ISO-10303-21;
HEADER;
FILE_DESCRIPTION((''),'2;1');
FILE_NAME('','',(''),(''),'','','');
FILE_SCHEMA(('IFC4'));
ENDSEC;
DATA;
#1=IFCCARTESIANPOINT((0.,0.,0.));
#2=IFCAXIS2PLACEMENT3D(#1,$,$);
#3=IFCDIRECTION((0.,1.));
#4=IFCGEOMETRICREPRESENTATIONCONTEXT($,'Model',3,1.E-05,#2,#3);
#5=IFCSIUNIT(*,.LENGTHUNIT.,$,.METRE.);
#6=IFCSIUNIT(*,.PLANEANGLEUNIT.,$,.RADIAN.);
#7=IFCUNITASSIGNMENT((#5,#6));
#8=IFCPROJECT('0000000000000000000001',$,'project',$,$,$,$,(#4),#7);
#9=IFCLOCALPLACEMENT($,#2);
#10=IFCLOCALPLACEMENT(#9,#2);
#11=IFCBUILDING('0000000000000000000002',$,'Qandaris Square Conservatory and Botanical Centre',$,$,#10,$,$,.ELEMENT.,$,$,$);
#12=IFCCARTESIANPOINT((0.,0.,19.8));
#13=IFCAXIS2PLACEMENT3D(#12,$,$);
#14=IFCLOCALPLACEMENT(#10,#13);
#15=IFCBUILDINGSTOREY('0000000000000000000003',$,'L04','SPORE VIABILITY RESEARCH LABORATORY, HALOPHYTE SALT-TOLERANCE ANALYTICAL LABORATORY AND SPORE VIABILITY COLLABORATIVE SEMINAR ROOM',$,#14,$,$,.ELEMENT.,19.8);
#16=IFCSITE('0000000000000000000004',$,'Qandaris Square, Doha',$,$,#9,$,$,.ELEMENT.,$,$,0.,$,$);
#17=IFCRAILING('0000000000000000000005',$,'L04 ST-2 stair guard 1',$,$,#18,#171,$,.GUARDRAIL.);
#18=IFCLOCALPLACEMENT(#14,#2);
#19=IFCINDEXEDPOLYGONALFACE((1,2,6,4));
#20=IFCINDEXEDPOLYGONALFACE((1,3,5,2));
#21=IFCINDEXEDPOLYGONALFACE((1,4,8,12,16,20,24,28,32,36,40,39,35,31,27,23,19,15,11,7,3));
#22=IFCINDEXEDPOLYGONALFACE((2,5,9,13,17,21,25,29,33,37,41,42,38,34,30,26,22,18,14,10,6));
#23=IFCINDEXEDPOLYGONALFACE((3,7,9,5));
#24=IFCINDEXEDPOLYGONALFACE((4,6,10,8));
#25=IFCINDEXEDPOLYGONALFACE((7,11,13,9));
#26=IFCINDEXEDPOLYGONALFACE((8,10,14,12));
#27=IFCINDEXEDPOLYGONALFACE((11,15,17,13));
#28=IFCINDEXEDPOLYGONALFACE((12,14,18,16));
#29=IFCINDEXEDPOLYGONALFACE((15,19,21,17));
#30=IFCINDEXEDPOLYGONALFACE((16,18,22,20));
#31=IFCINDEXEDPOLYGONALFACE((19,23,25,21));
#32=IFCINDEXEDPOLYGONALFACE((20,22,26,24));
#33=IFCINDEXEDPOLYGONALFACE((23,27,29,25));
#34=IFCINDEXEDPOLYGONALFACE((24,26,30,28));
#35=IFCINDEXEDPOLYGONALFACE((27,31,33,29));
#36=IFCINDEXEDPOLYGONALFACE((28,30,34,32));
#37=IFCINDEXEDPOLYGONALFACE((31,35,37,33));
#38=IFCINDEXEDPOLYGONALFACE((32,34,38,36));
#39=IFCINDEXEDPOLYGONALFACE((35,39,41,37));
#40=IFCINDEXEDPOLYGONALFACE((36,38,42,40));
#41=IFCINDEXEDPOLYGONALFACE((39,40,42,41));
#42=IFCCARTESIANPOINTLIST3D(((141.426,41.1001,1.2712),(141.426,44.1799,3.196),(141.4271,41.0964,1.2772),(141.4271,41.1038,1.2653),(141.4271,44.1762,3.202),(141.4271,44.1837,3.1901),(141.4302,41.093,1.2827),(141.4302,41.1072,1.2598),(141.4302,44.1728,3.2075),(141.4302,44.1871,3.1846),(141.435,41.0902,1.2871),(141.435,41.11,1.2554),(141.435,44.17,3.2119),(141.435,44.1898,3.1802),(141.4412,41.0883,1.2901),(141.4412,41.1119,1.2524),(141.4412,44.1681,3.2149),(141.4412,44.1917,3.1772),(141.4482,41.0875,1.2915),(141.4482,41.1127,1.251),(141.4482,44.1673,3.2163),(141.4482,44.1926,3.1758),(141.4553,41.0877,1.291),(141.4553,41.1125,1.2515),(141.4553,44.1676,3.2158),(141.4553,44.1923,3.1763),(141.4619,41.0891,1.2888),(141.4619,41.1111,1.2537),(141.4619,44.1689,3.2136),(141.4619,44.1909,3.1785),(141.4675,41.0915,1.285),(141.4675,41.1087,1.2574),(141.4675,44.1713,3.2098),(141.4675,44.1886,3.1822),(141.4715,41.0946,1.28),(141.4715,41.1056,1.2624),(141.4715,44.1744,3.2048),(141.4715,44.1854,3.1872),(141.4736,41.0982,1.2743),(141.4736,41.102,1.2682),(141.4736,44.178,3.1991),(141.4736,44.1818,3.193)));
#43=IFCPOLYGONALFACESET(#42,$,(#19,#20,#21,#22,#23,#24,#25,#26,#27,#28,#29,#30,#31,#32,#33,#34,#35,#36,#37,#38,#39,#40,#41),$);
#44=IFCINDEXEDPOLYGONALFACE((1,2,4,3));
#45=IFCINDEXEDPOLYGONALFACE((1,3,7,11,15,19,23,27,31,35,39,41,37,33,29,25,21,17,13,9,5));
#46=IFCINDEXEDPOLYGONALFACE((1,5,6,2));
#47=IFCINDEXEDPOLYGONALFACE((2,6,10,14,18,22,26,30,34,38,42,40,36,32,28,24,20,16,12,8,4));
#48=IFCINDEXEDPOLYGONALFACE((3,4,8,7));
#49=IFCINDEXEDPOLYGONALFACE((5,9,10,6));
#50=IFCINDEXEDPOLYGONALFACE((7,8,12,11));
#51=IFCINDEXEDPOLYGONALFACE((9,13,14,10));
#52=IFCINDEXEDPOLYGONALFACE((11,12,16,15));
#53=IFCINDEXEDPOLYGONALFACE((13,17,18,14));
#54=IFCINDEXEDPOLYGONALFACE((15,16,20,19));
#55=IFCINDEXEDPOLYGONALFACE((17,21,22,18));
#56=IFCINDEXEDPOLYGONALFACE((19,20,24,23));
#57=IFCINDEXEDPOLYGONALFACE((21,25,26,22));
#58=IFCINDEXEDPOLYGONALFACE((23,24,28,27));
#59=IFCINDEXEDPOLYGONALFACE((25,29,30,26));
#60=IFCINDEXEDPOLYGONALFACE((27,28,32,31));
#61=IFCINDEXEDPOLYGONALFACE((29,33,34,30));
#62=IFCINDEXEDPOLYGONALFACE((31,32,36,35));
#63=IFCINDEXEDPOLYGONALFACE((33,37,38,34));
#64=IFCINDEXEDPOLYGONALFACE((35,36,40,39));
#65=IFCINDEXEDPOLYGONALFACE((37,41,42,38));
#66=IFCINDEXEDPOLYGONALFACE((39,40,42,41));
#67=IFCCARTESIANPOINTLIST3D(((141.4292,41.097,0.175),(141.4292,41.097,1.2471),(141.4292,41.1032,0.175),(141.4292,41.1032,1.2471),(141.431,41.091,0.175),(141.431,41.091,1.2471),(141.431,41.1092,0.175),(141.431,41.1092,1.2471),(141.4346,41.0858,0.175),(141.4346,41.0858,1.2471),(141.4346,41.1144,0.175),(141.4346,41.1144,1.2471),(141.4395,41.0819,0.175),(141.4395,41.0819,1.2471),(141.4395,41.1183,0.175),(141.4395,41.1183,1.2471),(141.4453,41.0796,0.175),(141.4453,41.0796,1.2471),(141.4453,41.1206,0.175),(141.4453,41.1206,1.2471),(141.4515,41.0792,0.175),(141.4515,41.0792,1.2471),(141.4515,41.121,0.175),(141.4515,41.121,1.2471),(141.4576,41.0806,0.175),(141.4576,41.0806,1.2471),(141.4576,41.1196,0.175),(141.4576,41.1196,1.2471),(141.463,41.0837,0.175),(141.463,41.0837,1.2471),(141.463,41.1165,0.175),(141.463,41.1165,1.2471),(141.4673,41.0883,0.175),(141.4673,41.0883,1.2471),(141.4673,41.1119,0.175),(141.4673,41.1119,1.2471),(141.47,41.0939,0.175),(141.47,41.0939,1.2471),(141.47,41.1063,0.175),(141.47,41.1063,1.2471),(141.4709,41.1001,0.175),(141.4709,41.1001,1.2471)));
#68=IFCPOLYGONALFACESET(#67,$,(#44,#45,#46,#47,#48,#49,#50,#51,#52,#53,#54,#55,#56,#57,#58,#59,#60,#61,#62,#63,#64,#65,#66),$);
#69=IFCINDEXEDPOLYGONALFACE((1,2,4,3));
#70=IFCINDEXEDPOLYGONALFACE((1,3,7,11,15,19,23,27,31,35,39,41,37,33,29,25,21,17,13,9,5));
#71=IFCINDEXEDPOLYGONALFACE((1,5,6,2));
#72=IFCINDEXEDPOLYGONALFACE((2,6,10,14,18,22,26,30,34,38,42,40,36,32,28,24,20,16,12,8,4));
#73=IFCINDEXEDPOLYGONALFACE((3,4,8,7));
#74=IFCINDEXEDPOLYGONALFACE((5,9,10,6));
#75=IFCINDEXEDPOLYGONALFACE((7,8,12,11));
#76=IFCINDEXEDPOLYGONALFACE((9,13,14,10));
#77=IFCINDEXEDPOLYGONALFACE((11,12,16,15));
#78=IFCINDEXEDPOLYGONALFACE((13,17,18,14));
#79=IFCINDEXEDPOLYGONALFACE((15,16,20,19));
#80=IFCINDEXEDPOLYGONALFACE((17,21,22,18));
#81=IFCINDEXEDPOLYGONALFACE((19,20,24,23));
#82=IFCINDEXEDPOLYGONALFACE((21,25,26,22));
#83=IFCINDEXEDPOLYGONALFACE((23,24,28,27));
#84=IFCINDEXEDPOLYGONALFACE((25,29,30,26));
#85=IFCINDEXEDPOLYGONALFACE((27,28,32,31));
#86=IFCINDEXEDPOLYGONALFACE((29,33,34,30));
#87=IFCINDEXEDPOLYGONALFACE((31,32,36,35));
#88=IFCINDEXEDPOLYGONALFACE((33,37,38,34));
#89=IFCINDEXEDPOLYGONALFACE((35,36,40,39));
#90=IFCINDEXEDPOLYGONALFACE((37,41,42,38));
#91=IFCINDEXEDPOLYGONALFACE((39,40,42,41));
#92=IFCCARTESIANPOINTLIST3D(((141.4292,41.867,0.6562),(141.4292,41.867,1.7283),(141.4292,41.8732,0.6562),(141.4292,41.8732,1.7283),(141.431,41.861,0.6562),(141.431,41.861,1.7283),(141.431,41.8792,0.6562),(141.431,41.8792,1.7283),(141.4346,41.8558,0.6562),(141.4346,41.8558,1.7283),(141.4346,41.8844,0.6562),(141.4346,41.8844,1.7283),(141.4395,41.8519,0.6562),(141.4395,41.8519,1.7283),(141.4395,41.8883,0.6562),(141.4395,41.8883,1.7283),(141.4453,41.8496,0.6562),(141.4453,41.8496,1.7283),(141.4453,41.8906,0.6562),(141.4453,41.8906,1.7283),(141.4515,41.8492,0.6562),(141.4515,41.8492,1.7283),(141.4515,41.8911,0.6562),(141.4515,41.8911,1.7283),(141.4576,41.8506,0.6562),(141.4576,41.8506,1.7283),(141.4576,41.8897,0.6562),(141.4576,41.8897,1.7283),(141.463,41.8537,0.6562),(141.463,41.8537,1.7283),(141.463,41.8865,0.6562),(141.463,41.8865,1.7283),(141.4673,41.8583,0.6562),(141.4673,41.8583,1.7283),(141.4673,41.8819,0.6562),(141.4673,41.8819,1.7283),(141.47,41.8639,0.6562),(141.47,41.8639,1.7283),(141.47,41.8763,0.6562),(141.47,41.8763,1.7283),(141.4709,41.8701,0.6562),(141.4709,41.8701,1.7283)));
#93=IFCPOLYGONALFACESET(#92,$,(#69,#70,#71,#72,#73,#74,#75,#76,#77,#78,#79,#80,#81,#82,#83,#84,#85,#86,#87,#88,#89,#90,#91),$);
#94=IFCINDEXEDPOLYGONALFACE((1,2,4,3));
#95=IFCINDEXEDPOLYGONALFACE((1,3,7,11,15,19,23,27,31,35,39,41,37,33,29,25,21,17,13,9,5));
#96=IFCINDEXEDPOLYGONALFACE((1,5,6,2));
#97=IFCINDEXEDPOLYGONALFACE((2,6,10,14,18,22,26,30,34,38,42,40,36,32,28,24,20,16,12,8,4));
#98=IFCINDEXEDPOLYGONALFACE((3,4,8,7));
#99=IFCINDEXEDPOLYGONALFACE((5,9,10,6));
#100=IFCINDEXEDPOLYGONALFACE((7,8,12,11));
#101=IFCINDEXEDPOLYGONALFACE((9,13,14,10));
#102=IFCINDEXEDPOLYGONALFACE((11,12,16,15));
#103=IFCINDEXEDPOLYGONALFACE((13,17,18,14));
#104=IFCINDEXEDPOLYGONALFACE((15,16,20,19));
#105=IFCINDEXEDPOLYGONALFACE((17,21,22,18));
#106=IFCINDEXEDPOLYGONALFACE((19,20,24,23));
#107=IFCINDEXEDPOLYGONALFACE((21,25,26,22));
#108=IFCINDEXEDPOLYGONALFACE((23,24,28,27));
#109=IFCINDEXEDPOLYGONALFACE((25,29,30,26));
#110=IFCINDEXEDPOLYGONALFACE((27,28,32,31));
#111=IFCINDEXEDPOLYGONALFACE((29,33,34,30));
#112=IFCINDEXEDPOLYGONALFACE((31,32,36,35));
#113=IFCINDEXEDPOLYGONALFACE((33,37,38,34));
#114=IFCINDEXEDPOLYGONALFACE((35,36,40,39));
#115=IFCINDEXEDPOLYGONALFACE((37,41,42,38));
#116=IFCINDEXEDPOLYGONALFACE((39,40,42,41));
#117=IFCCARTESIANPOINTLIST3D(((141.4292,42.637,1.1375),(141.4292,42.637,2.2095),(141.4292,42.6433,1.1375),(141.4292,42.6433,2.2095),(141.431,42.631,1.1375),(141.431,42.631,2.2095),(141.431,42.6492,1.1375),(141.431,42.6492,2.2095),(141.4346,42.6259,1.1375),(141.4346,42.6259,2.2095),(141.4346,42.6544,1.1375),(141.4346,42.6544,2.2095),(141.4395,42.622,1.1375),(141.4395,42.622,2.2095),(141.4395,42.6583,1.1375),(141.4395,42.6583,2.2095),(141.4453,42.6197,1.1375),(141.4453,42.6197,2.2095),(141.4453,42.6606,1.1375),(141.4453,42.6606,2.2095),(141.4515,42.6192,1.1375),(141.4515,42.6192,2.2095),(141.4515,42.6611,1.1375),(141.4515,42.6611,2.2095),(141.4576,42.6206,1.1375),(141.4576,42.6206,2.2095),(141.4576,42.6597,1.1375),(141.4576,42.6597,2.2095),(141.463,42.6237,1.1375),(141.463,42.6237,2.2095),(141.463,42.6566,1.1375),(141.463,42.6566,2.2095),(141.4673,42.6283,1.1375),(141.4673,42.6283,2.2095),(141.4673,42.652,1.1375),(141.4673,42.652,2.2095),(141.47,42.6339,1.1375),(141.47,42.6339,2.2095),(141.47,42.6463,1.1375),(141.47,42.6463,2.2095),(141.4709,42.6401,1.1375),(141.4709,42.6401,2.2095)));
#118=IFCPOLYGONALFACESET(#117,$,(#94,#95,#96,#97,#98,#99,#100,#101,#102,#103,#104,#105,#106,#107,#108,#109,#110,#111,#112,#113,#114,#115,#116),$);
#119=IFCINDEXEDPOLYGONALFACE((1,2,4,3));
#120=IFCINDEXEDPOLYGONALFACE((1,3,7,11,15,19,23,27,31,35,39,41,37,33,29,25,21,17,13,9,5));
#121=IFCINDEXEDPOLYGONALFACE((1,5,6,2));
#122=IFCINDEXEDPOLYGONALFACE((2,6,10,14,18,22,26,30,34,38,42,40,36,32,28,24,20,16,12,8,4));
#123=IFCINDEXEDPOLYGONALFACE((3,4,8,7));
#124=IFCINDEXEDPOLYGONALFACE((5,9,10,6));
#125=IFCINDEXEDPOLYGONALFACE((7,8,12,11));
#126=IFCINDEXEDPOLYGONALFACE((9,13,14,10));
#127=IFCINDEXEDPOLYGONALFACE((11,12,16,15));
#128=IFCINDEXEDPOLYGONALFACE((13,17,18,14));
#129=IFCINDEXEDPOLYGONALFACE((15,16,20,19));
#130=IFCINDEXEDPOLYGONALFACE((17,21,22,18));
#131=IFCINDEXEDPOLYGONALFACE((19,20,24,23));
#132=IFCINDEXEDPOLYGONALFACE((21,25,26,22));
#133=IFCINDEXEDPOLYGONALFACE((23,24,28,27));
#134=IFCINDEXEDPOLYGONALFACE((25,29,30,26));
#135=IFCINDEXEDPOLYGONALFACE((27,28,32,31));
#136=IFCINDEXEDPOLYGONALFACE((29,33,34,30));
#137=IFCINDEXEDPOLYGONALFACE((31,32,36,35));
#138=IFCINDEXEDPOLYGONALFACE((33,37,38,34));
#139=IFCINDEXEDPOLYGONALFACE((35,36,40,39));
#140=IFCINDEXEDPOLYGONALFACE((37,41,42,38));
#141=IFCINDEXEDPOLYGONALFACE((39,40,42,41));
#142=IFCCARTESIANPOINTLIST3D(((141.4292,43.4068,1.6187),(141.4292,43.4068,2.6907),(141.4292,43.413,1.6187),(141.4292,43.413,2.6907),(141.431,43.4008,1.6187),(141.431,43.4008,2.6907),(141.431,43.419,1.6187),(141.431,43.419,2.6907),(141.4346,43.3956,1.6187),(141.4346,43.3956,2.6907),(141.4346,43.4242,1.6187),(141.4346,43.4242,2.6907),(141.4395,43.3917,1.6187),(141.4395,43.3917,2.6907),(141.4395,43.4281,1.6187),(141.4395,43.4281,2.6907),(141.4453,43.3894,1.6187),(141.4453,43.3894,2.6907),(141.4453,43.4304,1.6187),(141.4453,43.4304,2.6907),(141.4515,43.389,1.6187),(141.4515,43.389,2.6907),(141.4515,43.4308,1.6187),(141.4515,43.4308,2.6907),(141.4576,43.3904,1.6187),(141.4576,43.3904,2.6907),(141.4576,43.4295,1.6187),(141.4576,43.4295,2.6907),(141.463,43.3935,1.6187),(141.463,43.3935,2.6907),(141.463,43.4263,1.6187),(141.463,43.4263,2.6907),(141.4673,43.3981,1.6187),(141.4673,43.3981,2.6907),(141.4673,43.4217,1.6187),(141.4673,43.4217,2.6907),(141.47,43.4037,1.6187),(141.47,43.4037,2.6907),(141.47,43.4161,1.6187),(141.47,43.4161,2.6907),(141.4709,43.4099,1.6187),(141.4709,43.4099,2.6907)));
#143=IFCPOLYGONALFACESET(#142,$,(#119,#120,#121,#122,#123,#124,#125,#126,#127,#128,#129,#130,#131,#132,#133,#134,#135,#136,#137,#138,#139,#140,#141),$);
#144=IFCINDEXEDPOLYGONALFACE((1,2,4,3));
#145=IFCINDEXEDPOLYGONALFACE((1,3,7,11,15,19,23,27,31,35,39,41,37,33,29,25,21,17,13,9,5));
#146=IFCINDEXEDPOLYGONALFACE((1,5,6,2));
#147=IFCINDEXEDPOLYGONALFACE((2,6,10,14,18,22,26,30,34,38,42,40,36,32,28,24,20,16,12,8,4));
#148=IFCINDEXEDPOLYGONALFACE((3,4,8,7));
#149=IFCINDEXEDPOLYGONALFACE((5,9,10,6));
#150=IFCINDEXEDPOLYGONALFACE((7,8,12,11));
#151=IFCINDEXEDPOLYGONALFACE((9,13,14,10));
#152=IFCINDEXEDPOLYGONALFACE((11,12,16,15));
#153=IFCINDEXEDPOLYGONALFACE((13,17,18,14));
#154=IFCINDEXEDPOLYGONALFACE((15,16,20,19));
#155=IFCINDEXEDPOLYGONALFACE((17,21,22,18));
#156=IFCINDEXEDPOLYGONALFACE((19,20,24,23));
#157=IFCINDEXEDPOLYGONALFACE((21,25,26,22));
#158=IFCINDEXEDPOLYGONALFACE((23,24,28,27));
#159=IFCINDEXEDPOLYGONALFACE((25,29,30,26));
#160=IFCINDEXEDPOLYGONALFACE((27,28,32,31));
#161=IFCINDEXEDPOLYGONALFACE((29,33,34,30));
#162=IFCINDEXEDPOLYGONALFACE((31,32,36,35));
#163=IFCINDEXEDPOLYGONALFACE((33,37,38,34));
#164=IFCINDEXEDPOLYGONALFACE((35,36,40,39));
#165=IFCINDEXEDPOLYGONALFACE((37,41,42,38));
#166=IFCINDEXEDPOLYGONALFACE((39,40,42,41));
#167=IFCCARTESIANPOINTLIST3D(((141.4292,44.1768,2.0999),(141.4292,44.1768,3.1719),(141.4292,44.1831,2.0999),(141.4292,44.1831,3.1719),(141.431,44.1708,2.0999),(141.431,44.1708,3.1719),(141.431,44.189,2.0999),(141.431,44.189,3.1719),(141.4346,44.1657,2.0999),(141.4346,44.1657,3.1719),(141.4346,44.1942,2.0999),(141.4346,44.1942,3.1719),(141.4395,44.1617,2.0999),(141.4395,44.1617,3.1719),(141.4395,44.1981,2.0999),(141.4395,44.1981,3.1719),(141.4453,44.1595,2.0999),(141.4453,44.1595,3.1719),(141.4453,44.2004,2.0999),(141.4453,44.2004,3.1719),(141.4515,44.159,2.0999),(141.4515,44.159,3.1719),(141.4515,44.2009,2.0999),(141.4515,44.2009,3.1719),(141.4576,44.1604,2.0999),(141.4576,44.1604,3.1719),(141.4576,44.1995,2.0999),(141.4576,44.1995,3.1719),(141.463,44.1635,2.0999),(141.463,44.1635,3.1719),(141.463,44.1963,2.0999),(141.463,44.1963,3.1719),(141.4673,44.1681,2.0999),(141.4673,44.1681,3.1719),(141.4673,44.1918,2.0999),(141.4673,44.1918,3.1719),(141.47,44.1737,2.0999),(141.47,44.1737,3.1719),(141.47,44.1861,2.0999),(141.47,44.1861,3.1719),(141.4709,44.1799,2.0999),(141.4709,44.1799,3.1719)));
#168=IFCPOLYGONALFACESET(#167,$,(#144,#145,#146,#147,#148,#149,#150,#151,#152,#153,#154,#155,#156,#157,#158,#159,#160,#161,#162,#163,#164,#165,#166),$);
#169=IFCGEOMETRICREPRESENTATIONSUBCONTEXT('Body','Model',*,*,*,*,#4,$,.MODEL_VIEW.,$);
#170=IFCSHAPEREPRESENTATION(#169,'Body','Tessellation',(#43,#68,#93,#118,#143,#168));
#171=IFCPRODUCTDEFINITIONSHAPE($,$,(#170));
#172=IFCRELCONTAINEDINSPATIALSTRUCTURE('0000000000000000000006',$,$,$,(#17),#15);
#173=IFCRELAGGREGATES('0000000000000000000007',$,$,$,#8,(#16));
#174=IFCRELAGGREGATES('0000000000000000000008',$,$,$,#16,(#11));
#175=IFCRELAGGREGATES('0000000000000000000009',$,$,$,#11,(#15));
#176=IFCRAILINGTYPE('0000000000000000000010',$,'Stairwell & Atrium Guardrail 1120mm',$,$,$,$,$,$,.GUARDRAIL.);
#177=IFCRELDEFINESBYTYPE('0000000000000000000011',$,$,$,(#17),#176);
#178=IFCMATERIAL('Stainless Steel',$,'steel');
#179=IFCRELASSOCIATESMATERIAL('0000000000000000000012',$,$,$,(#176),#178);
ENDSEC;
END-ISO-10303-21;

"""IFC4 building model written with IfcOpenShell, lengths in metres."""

from ifc_helpers import new_model, si_unit, direction, frame, origin, origin_2d, place, context, subcontext, project, spatial, circle, extrude, material, type_object, element, save


model = new_model("IFC4")

# Units and contexts
model_context = context("Model", 3, precision=1e-05, world=origin(), true_north=direction((0.0, 1.0)))
body_context = subcontext(model_context, "Body", "Model", "MODEL_VIEW")
ifc_project = project(units=[si_unit("LENGTHUNIT", "METRE"), si_unit("PLANEANGLEUNIT", "RADIAN")], contexts=[model_context])

# Site, building, storey
site_placement = place(None, origin())
site = spatial("IfcSite", under=ifc_project, at=site_placement, Name="Qandaris Square, Doha", CompositionType="ELEMENT", RefElevation=0.0)
building_placement = place(site_placement, origin())
building = spatial("IfcBuilding", under=site, at=building_placement, Name="Qandaris Square Conservatory and Botanical Centre", CompositionType="ELEMENT")
storey_placement = place(building_placement, frame((0.0, 0.0, 19.8)))
storey = spatial("IfcBuildingStorey", under=building, at=storey_placement, Name="L04", Description="SPORE VIABILITY RESEARCH LABORATORY, HALOPHYTE SALT-TOLERANCE ANALYTICAL LABORATORY AND SPORE VIABILITY COLLABORATIVE SEMINAR ROOM", CompositionType="ELEMENT", Elevation=19.8)

# Railing
ifc_material_1 = material(Name="Stainless Steel", Category="steel")
railing_type_1 = type_object("IfcRailingType", Name="Stairwell & Atrium Guardrail 1120mm", PredefinedType="GUARDRAIL", material=ifc_material_1)
railing_1_placement = place(storey_placement, frame((141.45, 41.1001, 0.175)))
element("IfcRailing", 1, at=railing_1_placement, inside=storey, type_object=railing_type_1, Name="L04 ST-2 stair guard 1", PredefinedType="GUARDRAIL", context=body_context, shape_type="SweptSolid", body=[
    extrude(circle(Radius=0.0239, at=origin_2d()), frame((0.0, 0.0, 1.0962), z_axis=(0.0, 0.84801, 0.529981), x_axis=(-1.0, 0.0, 0.0)), (0.0, 0.0, 1.0), 3.6318),
    extrude(circle(Radius=0.021, at=origin_2d()), origin(), (0.0, 0.0, 1.0), 1.072),
    extrude(circle(Radius=0.021, at=origin_2d()), frame((0.0, 0.77, 0.4812)), (0.0, 0.0, 1.0), 1.072),
    extrude(circle(Radius=0.021, at=origin_2d()), frame((0.0, 1.54, 0.9624)), (0.0, 0.0, 1.0), 1.072),
    extrude(circle(Radius=0.021, at=origin_2d()), frame((0.0, 2.3098, 1.4436)), (0.0, 0.0, 1.0), 1.072),
    extrude(circle(Radius=0.021, at=origin_2d()), frame((0.0, 3.0798, 1.9248)), (0.0, 0.0, 1.0), 1.072),
])

save(model, "model.ifc")
